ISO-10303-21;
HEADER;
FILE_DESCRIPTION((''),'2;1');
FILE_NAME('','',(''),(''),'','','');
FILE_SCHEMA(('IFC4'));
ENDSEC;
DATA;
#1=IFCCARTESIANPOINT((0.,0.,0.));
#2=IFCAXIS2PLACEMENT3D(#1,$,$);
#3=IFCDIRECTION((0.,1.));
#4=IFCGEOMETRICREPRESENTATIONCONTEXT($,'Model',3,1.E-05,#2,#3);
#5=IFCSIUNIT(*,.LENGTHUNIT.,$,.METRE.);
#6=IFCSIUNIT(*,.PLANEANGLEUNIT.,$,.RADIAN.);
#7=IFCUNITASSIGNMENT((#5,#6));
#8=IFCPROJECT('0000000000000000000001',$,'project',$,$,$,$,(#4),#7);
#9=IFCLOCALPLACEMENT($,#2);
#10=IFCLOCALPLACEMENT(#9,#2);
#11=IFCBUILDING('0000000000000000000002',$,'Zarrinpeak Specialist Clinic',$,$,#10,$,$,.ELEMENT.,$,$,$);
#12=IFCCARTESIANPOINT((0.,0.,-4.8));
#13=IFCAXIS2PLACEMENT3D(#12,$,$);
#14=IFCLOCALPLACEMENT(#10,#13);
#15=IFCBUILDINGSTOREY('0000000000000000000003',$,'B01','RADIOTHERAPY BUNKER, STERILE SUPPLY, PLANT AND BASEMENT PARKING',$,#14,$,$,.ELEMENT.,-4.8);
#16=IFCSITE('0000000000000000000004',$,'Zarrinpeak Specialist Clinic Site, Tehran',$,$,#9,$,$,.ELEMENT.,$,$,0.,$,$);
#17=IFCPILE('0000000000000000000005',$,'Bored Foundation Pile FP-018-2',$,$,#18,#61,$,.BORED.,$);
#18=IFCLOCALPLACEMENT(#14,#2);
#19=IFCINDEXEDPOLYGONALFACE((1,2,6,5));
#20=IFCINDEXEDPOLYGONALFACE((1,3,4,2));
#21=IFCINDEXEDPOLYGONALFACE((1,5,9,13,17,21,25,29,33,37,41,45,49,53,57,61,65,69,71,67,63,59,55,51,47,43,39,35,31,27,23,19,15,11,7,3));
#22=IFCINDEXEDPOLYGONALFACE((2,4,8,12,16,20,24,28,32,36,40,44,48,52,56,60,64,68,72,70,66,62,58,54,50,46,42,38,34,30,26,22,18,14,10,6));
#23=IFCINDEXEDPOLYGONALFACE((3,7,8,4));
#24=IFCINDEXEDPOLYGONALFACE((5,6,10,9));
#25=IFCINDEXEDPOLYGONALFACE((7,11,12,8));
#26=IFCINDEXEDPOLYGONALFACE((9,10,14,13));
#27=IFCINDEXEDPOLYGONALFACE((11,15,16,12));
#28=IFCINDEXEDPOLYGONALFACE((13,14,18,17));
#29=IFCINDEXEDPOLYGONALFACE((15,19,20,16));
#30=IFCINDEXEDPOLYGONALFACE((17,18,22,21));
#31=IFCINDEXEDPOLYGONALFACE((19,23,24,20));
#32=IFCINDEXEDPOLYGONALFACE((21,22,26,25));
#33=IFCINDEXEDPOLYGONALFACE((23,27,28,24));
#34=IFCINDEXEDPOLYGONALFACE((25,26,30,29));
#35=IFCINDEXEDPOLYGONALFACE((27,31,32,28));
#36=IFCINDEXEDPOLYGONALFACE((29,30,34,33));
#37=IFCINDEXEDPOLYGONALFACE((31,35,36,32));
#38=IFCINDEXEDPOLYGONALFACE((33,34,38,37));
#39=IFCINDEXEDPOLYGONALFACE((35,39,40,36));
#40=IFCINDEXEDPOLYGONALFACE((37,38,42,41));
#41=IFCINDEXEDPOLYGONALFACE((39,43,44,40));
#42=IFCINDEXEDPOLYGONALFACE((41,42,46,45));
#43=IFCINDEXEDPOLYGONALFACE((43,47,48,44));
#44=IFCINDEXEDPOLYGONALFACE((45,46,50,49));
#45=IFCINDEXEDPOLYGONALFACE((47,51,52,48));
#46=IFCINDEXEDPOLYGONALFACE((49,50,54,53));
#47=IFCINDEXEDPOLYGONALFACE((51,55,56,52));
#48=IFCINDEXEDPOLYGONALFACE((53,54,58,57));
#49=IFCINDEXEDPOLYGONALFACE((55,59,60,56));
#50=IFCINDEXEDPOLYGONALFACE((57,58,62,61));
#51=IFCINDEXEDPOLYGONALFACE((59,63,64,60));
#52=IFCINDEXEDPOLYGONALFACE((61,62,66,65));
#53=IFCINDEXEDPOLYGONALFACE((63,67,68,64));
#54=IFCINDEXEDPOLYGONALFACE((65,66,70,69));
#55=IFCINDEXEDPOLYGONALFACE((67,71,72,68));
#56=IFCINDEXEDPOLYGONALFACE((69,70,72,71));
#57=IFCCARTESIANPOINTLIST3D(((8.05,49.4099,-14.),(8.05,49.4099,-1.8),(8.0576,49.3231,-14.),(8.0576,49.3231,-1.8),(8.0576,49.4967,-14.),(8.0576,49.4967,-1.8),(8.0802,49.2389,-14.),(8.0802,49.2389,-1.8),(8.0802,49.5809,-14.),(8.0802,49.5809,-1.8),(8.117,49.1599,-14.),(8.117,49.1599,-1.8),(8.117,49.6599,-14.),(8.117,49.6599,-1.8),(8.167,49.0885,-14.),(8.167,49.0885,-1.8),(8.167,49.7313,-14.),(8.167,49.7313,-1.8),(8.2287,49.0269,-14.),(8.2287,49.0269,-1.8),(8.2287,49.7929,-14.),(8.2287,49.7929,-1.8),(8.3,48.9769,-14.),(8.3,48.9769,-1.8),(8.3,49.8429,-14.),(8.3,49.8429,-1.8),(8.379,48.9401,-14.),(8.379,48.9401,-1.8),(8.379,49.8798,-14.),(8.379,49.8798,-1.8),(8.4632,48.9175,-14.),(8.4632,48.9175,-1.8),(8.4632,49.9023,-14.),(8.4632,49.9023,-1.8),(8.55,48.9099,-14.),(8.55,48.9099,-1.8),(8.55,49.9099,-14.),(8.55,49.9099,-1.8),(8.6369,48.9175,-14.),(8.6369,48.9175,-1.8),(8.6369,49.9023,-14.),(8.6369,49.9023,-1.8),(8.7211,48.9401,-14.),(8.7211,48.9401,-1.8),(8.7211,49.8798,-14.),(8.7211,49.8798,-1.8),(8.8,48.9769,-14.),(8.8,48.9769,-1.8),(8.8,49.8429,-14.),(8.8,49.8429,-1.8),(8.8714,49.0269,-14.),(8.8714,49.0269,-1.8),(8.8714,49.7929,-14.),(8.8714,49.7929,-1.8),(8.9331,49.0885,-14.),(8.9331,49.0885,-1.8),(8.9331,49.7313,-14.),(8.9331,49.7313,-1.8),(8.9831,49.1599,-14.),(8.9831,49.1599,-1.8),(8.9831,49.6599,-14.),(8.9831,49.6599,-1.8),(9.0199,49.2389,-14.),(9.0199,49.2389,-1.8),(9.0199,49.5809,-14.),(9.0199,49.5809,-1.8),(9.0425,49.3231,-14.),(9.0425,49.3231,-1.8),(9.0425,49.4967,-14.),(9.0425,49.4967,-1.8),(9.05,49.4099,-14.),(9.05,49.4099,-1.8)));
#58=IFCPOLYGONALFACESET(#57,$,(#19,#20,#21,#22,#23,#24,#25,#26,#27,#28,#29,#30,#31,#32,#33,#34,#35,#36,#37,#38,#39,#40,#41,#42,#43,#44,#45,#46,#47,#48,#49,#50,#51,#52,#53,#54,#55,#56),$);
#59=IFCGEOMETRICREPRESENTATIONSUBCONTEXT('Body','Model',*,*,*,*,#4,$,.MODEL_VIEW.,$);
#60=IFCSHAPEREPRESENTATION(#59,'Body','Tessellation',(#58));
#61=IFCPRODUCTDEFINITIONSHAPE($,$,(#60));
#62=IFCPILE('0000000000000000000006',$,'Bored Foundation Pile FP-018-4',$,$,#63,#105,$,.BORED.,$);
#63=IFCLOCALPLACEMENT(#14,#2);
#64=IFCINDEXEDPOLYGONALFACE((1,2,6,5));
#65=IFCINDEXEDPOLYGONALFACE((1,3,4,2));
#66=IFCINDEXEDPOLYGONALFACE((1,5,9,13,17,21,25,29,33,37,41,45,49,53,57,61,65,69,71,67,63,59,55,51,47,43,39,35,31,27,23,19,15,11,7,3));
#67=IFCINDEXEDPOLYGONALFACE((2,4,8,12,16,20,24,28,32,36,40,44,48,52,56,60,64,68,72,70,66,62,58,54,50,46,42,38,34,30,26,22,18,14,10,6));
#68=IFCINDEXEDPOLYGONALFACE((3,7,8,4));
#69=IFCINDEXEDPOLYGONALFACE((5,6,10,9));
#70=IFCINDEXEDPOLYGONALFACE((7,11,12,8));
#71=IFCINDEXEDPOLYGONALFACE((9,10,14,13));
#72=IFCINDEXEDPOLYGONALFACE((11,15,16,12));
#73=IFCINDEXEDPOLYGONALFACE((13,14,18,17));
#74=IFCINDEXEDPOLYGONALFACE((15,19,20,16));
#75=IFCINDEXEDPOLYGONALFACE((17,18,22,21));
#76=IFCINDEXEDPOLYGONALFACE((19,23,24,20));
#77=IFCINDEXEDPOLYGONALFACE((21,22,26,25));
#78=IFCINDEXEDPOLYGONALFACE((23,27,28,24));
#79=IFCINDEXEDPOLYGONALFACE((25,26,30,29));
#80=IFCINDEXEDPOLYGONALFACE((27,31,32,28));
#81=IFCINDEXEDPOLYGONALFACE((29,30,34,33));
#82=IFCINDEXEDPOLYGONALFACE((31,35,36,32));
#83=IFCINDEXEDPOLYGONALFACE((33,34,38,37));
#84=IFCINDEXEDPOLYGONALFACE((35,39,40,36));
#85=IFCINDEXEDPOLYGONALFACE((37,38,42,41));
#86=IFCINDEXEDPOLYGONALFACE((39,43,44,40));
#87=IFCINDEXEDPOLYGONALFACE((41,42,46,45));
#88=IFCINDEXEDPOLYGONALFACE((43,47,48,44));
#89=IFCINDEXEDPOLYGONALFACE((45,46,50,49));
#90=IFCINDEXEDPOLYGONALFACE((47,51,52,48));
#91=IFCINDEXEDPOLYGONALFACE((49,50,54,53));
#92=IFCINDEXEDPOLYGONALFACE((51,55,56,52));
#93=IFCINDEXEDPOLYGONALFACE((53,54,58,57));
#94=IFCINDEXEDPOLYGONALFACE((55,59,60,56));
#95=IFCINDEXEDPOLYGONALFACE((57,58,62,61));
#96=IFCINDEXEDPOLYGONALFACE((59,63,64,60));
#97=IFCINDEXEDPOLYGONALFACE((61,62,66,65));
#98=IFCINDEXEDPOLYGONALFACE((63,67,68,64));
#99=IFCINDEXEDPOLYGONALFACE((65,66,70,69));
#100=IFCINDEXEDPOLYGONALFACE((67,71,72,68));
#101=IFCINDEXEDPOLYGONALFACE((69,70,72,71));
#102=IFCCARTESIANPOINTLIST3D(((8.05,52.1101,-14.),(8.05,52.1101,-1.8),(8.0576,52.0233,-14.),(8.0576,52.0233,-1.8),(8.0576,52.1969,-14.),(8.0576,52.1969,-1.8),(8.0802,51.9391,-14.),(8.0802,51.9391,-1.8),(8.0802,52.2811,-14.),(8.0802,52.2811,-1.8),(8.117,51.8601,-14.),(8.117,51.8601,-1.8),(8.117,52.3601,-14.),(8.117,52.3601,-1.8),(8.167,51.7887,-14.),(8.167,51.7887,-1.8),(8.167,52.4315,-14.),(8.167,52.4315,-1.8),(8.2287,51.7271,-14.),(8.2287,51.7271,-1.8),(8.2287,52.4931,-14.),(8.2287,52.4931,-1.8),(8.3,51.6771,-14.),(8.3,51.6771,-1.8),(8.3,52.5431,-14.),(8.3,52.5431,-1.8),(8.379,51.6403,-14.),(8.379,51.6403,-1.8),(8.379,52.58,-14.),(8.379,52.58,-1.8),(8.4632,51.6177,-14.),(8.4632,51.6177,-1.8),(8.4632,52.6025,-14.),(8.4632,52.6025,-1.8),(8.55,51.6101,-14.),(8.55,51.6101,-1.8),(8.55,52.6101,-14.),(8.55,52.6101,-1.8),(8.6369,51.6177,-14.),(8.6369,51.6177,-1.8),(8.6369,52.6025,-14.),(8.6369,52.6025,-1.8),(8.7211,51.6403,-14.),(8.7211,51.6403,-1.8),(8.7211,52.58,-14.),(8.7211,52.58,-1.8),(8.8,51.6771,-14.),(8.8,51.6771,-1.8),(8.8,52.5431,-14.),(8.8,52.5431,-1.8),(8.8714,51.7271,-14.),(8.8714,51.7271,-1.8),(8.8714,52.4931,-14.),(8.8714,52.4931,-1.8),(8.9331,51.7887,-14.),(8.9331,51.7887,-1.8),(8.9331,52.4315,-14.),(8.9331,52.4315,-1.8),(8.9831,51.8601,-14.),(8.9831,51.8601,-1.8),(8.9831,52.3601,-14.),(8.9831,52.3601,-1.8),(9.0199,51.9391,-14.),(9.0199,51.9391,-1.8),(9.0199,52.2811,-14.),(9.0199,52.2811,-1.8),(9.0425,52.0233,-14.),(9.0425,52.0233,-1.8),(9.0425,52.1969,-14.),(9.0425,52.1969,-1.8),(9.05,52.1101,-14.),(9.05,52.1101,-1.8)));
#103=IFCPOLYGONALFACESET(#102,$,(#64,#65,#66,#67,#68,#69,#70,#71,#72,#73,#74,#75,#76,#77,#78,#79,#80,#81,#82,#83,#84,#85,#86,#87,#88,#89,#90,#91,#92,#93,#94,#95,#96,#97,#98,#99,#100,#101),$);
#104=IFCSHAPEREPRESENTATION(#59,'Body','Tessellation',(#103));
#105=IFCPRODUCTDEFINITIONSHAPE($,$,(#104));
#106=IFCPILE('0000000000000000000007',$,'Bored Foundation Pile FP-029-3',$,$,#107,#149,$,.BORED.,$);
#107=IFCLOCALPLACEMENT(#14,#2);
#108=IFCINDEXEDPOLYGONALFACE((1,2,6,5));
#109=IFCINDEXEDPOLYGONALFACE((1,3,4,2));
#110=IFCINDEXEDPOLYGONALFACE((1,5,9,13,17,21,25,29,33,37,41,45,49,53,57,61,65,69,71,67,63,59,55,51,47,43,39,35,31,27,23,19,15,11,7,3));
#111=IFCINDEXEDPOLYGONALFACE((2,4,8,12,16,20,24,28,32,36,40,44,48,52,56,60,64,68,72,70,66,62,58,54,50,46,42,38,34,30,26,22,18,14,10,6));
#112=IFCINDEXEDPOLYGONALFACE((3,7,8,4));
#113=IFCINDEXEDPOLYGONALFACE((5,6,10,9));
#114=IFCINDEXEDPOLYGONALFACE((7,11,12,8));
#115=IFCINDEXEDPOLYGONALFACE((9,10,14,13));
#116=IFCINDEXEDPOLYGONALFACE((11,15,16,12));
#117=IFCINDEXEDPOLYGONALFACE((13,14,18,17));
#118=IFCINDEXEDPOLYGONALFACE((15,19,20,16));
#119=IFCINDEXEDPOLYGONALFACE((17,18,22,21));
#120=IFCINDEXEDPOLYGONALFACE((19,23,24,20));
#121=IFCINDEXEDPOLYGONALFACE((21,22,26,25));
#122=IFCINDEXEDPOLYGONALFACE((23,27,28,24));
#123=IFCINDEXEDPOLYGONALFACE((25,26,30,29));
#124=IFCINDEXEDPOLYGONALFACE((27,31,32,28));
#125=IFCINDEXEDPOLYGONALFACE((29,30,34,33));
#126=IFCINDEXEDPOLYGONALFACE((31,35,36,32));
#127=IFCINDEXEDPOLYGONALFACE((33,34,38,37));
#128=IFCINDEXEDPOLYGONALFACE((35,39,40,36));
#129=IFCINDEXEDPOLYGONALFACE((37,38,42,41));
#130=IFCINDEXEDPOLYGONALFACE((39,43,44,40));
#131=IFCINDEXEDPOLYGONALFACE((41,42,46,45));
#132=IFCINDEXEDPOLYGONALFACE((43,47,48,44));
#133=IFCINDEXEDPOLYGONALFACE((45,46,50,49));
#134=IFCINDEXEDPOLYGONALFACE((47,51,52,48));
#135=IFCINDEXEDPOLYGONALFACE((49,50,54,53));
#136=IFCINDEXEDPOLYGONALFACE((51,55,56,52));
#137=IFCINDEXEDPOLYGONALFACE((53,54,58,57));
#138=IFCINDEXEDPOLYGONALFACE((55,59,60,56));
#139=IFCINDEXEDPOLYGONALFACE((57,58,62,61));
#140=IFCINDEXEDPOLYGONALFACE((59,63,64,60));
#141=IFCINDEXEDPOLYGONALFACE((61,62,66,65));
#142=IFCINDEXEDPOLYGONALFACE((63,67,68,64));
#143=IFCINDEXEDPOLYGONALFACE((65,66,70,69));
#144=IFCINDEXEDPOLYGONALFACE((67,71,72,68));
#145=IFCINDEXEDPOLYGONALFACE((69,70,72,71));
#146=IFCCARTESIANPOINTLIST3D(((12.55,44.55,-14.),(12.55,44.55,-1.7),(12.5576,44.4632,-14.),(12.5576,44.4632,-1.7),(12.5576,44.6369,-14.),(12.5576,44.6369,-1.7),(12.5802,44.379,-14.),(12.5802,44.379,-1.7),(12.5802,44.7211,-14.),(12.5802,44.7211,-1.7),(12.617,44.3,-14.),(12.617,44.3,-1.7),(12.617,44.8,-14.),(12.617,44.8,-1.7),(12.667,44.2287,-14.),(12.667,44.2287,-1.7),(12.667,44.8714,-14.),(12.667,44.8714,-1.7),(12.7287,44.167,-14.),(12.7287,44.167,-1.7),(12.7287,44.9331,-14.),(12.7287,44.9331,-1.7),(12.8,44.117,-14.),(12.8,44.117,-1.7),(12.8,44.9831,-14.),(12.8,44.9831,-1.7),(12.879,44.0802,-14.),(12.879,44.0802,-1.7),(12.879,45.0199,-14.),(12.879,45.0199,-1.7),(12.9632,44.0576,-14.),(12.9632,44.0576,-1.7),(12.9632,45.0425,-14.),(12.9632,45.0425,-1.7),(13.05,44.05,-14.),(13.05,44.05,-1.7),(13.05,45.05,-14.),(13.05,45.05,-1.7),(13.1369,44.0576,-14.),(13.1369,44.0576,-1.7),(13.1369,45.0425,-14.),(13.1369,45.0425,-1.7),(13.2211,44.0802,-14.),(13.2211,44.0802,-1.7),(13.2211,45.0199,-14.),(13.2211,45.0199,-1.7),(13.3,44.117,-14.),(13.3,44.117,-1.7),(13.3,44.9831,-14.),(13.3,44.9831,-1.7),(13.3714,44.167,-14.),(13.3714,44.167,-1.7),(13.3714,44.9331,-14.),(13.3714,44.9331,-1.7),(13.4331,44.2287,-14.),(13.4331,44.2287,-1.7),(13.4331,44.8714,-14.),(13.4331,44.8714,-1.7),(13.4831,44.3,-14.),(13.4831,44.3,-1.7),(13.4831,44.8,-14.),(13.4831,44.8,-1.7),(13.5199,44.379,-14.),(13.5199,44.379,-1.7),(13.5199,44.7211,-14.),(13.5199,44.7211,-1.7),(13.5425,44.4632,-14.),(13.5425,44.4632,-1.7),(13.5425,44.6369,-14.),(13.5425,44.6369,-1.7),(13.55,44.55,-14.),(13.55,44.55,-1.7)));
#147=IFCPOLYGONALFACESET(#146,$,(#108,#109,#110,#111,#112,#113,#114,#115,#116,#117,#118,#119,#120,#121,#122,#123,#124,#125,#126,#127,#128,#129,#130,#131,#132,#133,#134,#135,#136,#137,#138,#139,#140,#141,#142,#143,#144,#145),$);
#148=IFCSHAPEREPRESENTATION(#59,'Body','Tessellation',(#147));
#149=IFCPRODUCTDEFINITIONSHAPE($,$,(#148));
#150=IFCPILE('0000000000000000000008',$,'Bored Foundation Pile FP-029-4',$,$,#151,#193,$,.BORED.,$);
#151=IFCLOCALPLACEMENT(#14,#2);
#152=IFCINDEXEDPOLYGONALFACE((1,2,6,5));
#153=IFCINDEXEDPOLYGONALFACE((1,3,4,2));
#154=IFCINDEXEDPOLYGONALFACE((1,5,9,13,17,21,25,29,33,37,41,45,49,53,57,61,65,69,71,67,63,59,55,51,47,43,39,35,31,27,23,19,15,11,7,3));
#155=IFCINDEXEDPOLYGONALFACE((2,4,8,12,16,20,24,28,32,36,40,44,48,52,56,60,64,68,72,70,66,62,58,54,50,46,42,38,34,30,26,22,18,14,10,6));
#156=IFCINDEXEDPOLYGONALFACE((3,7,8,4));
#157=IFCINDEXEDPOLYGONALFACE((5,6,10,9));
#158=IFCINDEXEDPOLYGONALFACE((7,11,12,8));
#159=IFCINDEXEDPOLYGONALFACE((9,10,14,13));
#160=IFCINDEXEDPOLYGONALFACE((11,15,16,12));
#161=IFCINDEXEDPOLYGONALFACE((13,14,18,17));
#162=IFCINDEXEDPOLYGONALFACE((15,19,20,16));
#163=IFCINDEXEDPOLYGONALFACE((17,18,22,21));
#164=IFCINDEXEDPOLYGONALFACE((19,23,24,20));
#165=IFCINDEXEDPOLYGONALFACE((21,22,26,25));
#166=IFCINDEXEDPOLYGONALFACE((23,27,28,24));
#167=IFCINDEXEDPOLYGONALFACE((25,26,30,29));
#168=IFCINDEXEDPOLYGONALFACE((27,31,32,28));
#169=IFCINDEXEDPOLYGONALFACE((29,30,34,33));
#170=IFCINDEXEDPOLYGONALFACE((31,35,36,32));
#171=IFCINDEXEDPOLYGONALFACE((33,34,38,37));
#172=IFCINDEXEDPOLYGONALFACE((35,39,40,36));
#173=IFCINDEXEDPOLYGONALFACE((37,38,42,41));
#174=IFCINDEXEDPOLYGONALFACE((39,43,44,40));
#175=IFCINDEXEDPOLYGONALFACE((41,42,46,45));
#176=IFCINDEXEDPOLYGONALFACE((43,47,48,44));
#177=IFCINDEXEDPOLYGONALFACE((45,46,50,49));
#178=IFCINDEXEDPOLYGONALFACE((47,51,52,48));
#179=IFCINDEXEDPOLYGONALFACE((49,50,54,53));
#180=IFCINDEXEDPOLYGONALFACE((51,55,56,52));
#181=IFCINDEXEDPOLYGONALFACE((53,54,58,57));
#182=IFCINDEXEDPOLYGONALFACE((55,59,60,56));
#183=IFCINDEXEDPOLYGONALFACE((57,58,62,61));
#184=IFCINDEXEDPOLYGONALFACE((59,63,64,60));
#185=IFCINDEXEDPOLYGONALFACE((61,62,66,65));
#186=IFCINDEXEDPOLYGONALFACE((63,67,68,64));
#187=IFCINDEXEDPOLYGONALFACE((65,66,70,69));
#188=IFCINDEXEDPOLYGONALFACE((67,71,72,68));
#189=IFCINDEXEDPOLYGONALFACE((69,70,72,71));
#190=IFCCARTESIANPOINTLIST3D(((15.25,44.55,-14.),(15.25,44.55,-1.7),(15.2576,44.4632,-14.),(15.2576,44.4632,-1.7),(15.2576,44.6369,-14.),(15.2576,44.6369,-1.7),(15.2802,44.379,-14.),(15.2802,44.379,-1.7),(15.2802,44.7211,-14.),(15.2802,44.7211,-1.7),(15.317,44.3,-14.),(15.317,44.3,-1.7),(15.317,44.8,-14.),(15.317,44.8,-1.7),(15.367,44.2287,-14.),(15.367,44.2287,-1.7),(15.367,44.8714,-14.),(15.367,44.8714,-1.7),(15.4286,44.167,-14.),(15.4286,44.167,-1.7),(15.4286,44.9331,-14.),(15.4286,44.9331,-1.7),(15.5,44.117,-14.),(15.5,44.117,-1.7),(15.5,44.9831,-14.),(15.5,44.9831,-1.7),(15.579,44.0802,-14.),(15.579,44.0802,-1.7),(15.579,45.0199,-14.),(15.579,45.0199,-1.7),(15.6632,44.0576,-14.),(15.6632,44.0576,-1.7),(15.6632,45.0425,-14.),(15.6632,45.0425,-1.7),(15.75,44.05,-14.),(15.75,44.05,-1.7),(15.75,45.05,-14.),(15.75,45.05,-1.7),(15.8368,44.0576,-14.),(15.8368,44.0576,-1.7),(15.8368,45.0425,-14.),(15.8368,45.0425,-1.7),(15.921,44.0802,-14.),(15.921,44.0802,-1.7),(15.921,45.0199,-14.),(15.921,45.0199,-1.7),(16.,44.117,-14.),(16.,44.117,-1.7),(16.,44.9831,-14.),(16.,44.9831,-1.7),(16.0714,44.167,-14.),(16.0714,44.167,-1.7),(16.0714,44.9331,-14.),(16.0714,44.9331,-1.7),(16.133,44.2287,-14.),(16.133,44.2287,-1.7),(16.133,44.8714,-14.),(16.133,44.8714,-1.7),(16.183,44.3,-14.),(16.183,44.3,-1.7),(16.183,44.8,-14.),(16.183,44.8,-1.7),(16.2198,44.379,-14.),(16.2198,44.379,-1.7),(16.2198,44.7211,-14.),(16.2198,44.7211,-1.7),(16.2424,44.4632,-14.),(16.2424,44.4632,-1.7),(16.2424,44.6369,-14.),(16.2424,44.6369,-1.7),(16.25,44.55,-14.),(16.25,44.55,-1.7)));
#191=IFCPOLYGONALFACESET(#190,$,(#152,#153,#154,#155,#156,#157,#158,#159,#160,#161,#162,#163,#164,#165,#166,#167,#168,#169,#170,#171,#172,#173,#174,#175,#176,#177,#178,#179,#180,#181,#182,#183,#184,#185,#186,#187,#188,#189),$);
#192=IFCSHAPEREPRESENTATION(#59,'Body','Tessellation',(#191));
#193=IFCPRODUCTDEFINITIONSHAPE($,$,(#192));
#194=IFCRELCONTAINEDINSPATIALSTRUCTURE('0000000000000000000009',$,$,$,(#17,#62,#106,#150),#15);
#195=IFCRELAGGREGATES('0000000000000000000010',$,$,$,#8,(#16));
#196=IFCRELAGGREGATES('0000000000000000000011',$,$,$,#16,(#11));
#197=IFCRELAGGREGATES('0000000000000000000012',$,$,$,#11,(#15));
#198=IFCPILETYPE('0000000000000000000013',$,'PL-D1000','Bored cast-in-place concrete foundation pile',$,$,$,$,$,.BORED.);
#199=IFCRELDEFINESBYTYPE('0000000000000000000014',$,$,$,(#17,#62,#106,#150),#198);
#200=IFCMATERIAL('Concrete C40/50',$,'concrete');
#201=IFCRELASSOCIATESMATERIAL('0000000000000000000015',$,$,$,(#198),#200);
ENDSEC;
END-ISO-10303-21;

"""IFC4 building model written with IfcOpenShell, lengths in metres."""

from ifc_helpers import new_model, si_unit, direction, frame, origin, origin_2d, place, context, subcontext, project, spatial, circle, extrude, material, material_profile, profile_set, type_object, element, save


model = new_model("IFC4")

# Units and contexts
model_context = context("Model", 3, precision=1e-05, world=origin(), true_north=direction((0.0, 1.0)))
body_context = subcontext(model_context, "Body", "Model", "MODEL_VIEW")
ifc_project = project(units=[si_unit("LENGTHUNIT", "METRE"), si_unit("PLANEANGLEUNIT", "RADIAN")], contexts=[model_context])

# Site, building, storey
site_placement = place(None, origin())
site = spatial("IfcSite", under=ifc_project, at=site_placement, Name="Zarrinpeak Specialist Clinic Site, Tehran", CompositionType="ELEMENT", RefElevation=0.0)
building_placement = place(site_placement, origin())
building = spatial("IfcBuilding", under=site, at=building_placement, Name="Zarrinpeak Specialist Clinic", CompositionType="ELEMENT")
storey_placement = place(building_placement, frame((0.0, 0.0, -4.8)))
storey = spatial("IfcBuildingStorey", under=building, at=storey_placement, Name="B01", Description="RADIOTHERAPY BUNKER, STERILE SUPPLY, PLANT AND BASEMENT PARKING", CompositionType="ELEMENT", Elevation=-4.8)

# Shared definitions
ifc_material_1 = material(Name="Concrete C40/50", Category="concrete")

# Piles
ifc_material_profile_1 = material_profile(ifc_material_1, circle(Radius=0.5, at=origin_2d()), Name="BORED PILE D1000")
ifc_profile_set_1 = profile_set([ifc_material_profile_1], Name="Concrete C40/50")
pile_type_1 = type_object("IfcPileType", Name="PL-D1000", Description="Bored cast-in-place concrete foundation pile", PredefinedType="BORED", material=ifc_profile_set_1)
for number, where, z_axis, x_axis, name in (
    (1, (8.55, 49.4099, -1.8), (0.0, 0.0, -1.0), (1.0, 0.0, 0.0), "Bored Foundation Pile FP-018-2"),
    (2, (8.55, 52.1101, -1.8), (0.0, 0.0, -1.0), (1.0, 0.0, 0.0), "Bored Foundation Pile FP-018-4"),
):
    element("IfcPile", number, at=place(storey_placement, frame(where, z_axis=z_axis, x_axis=x_axis)), inside=storey, type_object=pile_type_1, Name=name, PredefinedType="BORED", context=body_context, shape_type="SweptSolid", body=[
        extrude(circle(Radius=0.5, at=origin_2d()), origin(), (0.0, 0.0, 1.0), 12.2),
    ])
for number, where, z_axis, x_axis, name in (
    (3, (13.05, 44.55, -1.7), (0.0, 0.0, -1.0), (1.0, 0.0, 0.0), "Bored Foundation Pile FP-029-3"),
    (4, (15.75, 44.55, -1.7), (0.0, 0.0, -1.0), (1.0, 0.0, 0.0), "Bored Foundation Pile FP-029-4"),
):
    element("IfcPile", number, at=place(storey_placement, frame(where, z_axis=z_axis, x_axis=x_axis)), inside=storey, type_object=pile_type_1, Name=name, PredefinedType="BORED", context=body_context, shape_type="SweptSolid", body=[
        extrude(circle(Radius=0.5, at=origin_2d()), origin(), (0.0, 0.0, 1.0), 12.3),
    ])

save(model, "model.ifc")
